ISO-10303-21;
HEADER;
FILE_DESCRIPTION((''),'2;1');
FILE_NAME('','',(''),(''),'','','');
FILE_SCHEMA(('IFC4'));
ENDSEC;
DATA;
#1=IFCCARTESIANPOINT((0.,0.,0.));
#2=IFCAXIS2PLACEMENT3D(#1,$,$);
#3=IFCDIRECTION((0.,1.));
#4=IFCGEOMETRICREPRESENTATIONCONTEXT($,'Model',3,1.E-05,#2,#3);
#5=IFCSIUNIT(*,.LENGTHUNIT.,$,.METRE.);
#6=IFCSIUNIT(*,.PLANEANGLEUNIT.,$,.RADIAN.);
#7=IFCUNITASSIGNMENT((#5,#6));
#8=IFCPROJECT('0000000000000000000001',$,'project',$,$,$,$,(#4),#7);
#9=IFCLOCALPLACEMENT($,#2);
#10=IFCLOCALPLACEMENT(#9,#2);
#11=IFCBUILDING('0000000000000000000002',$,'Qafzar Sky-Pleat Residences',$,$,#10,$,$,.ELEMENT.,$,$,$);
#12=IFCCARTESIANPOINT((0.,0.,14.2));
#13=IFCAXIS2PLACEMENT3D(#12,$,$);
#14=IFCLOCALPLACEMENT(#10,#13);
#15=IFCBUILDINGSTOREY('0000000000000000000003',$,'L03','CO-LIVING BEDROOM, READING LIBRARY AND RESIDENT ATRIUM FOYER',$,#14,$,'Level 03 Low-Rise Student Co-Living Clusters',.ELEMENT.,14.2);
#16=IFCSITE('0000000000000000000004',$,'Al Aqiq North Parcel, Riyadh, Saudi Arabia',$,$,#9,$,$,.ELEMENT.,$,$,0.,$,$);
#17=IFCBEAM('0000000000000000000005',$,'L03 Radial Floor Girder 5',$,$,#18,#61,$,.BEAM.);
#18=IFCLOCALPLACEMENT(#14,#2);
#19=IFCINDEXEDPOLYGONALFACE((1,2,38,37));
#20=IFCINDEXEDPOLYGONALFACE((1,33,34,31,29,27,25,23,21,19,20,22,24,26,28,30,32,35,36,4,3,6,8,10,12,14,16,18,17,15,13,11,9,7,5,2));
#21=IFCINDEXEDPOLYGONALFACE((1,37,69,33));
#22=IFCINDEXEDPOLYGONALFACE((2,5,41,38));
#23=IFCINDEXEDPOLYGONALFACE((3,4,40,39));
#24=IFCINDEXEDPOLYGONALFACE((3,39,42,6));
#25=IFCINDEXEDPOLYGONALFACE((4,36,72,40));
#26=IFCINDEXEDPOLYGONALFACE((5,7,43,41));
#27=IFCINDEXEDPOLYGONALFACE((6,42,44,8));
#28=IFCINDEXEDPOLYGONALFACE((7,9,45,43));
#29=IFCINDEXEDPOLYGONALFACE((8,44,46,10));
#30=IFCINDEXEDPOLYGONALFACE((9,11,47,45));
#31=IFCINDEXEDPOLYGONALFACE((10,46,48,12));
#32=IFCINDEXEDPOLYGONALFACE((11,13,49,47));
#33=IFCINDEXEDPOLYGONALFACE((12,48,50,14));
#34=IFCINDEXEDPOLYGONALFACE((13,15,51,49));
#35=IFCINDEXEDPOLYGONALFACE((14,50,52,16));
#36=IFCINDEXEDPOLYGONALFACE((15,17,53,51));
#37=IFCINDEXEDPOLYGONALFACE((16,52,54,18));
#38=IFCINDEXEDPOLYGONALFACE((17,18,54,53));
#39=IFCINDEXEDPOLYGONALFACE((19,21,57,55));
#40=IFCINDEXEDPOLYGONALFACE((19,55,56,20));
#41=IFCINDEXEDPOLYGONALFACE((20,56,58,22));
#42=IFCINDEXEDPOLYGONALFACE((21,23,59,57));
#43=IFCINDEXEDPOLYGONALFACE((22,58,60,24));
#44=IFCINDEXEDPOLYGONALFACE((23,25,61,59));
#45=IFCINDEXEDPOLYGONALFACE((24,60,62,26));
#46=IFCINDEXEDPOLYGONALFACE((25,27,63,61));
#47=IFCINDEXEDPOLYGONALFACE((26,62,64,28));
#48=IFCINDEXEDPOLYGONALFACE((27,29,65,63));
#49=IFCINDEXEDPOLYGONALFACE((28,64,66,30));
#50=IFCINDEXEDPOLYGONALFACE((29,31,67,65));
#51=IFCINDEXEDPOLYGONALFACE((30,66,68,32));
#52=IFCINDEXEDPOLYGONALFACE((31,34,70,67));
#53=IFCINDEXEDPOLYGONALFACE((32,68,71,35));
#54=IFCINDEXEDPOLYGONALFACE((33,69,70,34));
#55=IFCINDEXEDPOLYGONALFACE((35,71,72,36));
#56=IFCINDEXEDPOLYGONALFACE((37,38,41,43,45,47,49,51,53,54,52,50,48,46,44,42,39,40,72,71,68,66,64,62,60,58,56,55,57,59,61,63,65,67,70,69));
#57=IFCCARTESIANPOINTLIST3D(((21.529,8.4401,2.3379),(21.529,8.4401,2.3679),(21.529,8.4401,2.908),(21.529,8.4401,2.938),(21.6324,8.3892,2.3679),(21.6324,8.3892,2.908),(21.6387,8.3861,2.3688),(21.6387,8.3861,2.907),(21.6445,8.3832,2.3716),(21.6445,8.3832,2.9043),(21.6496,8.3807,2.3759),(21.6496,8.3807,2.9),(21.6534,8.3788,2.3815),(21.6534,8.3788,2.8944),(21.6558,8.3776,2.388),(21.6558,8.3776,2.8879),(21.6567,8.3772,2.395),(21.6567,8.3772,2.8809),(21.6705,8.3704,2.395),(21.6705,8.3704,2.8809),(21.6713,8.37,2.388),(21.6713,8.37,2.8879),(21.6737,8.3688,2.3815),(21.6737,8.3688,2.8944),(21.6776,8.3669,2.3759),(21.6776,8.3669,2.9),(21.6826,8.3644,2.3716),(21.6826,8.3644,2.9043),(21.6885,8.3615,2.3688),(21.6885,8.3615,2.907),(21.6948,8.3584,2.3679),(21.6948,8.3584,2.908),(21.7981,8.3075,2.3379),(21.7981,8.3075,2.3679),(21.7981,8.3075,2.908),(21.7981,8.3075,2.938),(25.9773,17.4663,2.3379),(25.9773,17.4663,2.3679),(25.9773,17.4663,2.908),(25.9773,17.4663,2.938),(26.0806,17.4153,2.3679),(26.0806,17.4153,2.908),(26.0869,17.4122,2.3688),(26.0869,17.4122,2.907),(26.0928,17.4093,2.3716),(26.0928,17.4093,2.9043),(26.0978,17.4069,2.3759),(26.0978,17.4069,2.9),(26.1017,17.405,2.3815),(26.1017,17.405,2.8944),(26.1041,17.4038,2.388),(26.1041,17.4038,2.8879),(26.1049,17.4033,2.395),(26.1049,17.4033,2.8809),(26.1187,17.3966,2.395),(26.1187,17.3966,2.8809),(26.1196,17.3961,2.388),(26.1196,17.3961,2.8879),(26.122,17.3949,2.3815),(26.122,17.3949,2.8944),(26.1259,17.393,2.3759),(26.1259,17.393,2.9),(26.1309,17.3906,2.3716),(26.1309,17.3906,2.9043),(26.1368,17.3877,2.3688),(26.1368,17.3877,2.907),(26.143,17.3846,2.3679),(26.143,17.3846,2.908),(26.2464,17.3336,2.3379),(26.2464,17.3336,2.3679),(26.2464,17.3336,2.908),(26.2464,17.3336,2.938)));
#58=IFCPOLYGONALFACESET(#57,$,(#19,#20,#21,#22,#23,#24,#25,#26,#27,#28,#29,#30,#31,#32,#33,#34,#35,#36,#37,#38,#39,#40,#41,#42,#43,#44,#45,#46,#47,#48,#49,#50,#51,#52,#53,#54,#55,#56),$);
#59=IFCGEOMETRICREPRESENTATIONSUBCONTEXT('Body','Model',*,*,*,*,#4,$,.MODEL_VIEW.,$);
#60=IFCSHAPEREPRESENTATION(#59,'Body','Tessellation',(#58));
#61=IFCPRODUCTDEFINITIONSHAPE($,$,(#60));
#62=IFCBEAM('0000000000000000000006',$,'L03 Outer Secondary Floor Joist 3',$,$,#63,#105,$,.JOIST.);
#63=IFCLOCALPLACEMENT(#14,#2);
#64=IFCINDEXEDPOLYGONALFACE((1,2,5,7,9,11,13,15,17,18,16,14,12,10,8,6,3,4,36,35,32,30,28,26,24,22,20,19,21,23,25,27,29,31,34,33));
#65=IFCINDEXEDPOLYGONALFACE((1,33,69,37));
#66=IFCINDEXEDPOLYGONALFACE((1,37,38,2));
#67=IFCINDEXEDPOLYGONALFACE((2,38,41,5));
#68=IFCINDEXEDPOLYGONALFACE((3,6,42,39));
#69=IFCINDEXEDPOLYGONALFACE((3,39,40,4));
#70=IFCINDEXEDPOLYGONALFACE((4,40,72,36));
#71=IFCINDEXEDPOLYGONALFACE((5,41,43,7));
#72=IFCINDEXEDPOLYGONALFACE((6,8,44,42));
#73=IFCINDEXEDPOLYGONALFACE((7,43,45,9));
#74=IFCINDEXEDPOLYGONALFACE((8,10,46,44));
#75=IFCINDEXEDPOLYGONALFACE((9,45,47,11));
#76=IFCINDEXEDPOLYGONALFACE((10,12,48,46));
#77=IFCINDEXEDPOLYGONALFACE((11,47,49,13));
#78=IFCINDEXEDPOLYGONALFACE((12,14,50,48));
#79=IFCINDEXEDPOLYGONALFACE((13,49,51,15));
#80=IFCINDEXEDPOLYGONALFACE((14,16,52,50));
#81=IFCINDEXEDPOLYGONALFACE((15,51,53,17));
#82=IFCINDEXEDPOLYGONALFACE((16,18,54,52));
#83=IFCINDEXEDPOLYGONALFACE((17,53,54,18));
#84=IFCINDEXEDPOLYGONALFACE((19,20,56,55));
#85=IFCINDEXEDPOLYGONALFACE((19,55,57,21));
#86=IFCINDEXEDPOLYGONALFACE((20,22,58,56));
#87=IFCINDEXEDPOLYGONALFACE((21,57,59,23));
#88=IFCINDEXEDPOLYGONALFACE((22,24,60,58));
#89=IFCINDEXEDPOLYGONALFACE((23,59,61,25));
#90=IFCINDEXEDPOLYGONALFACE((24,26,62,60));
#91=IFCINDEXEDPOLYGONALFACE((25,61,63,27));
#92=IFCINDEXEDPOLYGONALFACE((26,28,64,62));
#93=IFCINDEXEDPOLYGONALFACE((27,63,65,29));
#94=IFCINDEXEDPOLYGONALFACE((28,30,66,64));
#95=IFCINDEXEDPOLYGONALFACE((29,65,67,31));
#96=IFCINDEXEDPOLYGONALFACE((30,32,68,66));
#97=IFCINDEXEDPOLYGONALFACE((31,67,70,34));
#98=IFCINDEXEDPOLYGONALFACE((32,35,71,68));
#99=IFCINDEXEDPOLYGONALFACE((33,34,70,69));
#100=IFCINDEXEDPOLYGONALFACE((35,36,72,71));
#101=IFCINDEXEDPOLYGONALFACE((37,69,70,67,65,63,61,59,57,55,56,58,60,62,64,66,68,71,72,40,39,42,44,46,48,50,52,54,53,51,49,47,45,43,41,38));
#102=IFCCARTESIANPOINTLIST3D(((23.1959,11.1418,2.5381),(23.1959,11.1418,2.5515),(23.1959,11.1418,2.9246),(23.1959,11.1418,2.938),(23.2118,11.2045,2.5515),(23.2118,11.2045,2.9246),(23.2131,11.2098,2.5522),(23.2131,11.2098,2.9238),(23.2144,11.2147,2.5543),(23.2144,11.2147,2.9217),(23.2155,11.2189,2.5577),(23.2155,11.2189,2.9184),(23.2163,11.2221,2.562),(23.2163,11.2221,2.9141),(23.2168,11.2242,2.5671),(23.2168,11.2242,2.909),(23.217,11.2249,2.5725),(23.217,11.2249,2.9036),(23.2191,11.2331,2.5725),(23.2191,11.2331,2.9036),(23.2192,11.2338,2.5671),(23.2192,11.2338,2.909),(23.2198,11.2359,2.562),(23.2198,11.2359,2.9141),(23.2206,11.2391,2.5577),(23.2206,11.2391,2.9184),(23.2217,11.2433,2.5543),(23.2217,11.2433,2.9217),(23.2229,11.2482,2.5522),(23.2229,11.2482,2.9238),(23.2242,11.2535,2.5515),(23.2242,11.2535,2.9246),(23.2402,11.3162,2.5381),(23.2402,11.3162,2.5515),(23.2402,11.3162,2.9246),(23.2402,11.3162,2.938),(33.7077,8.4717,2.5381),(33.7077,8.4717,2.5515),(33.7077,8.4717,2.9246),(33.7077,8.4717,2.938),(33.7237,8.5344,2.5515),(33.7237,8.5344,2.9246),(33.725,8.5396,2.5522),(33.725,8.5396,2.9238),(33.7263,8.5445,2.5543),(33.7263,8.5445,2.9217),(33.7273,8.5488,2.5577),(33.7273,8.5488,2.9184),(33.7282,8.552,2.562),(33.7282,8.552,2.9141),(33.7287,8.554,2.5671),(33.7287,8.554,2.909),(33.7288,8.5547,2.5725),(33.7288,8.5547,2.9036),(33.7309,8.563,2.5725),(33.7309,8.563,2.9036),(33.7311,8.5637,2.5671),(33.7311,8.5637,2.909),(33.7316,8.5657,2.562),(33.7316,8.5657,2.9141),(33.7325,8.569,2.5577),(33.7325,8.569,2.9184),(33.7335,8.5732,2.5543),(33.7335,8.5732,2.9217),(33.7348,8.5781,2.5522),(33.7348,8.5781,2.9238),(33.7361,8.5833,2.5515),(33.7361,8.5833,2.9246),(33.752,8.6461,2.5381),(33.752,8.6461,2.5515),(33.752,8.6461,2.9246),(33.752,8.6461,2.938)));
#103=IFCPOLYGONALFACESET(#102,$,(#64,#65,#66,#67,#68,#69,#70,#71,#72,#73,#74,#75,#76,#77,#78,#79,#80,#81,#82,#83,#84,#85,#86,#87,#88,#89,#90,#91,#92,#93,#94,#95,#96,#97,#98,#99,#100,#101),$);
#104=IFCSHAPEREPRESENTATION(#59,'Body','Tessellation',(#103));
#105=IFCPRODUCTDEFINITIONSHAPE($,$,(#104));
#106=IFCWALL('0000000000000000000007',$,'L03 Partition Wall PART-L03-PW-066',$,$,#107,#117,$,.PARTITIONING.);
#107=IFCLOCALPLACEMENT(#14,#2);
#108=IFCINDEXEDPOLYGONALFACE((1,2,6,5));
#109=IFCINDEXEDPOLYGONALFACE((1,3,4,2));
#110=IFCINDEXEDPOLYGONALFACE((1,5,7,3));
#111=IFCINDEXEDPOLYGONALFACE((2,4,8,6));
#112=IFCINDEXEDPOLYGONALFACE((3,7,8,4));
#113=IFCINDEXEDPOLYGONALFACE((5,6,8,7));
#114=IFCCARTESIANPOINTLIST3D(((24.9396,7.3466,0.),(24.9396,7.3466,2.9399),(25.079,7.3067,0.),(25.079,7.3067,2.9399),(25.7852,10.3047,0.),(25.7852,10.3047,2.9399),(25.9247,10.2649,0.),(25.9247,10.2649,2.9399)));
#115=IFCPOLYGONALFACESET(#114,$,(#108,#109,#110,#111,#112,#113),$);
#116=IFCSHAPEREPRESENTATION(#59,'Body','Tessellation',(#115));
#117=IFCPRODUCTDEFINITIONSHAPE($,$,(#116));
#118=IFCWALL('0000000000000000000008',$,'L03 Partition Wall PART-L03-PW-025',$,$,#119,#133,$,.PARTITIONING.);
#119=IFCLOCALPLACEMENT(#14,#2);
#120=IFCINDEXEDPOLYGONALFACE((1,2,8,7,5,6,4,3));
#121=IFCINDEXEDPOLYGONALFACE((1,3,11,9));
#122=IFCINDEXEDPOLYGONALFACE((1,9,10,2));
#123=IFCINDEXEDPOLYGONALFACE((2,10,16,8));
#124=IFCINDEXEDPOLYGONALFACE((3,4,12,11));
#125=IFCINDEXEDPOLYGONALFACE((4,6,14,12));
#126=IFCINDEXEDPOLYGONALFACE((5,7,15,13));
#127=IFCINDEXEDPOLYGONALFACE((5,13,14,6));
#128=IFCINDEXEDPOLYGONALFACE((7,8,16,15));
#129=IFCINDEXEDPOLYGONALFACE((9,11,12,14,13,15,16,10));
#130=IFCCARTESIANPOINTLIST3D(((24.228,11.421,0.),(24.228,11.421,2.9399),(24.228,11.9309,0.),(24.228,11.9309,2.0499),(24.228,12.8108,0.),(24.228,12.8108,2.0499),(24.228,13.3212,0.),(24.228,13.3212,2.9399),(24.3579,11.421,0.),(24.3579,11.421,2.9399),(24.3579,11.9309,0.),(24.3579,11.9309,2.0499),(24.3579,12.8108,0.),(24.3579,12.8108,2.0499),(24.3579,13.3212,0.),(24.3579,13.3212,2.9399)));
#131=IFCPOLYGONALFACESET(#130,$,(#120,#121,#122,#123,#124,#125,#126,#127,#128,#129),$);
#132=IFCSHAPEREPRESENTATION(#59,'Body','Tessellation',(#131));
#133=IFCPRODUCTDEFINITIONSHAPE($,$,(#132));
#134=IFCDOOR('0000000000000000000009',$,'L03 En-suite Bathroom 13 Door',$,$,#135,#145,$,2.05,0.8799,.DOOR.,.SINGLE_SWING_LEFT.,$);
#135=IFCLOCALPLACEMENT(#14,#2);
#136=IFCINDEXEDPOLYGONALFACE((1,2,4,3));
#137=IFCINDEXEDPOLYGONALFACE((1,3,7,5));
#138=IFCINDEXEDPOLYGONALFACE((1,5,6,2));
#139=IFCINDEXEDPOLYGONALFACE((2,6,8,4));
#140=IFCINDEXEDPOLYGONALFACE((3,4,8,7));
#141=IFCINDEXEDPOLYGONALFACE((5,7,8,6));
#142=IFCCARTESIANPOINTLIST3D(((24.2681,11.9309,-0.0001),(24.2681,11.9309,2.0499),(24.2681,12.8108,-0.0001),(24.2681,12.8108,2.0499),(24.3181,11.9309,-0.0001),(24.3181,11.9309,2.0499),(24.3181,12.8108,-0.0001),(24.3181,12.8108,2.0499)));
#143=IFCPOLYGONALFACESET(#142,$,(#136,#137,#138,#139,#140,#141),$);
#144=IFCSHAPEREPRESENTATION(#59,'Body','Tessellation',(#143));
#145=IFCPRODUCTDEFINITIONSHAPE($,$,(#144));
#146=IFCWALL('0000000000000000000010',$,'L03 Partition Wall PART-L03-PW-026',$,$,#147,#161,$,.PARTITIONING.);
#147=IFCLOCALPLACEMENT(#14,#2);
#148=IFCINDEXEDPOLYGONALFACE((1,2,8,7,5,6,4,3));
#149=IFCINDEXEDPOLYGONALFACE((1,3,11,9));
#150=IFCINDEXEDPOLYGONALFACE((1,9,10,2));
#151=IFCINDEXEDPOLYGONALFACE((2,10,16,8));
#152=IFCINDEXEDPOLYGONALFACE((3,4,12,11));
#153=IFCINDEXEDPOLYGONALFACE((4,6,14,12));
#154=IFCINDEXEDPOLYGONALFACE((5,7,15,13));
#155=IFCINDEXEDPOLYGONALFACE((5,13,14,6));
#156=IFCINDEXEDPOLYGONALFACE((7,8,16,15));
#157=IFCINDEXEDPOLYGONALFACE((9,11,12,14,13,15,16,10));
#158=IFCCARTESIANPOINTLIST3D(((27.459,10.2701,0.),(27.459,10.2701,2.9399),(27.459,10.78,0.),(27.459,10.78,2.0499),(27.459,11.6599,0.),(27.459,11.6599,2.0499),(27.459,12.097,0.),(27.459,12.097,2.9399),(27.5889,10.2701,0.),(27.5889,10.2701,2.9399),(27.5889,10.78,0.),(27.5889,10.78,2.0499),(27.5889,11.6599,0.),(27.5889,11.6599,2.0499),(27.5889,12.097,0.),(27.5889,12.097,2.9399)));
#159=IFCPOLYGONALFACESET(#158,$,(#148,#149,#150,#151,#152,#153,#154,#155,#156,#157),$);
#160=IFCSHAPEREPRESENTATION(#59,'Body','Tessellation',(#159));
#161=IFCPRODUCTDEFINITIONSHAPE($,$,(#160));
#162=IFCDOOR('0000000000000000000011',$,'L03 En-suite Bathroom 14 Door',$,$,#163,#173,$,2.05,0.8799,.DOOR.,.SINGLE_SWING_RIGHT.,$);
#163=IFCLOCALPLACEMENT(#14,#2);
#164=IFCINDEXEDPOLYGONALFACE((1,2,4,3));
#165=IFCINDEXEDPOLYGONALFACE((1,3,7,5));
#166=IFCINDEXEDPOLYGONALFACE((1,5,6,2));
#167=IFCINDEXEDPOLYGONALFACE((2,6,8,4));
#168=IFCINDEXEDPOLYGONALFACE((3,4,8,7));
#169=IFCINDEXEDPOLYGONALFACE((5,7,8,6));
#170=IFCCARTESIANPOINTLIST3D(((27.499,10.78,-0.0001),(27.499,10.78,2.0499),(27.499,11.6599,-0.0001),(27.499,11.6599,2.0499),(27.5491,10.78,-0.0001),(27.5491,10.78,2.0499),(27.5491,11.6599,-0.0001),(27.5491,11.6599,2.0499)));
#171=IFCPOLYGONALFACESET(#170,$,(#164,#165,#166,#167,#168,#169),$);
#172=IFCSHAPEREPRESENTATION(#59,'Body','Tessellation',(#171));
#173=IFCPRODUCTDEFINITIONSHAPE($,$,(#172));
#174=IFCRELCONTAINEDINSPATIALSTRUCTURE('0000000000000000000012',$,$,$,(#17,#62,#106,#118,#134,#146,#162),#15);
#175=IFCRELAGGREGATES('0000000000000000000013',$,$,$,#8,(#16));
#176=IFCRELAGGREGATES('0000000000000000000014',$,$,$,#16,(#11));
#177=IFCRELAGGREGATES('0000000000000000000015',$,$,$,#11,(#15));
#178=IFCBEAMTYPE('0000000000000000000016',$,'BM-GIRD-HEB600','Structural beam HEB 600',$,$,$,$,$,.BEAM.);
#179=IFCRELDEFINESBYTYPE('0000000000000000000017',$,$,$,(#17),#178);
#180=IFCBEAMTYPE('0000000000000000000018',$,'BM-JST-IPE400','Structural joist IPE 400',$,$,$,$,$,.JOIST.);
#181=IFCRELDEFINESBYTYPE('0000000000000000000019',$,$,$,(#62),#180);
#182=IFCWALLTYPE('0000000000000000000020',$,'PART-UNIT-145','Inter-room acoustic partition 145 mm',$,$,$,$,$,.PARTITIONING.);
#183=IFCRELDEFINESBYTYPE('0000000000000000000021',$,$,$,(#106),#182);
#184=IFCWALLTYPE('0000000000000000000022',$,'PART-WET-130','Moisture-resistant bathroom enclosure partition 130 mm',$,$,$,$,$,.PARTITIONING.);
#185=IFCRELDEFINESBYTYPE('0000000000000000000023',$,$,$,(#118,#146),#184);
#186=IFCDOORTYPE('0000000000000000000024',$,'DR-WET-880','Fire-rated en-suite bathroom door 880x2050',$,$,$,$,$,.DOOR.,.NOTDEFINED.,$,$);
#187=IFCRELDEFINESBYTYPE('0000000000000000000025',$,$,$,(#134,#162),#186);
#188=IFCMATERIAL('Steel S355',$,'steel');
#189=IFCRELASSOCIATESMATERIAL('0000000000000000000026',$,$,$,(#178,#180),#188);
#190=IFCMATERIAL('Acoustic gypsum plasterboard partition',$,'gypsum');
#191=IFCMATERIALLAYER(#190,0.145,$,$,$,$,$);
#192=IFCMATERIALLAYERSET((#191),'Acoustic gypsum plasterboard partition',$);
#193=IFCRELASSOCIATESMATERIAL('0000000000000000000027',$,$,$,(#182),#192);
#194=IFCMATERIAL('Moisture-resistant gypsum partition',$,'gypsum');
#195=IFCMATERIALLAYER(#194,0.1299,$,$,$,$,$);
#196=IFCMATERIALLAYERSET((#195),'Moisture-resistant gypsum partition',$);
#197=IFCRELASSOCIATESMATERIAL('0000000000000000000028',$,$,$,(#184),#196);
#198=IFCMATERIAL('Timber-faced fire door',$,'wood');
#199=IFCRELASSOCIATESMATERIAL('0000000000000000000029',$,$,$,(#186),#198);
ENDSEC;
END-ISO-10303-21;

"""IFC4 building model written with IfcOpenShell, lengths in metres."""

from ifc_helpers import new_model, si_unit, direction, frame, frame_2d, origin, origin_2d, place, context, subcontext, project, spatial, rectangle, i_section, extrude, source, transform, mapped, material, layer, layer_set, material_profile, profile_set, type_object, element, fill, save


model = new_model("IFC4")

# Units and contexts
model_context = context("Model", 3, precision=1e-05, world=origin(), true_north=direction((0.0, 1.0)))
body_context = subcontext(model_context, "Body", "Model", "MODEL_VIEW")
ifc_project = project(units=[si_unit("LENGTHUNIT", "METRE"), si_unit("PLANEANGLEUNIT", "RADIAN")], contexts=[model_context])

# Site, building, storey
site_placement = place(None, origin())
site = spatial("IfcSite", under=ifc_project, at=site_placement, Name="Al Aqiq North Parcel, Riyadh, Saudi Arabia", CompositionType="ELEMENT", RefElevation=0.0)
building_placement = place(site_placement, origin())
building = spatial("IfcBuilding", under=site, at=building_placement, Name="Qafzar Sky-Pleat Residences", CompositionType="ELEMENT")
storey_placement = place(building_placement, frame((0.0, 0.0, 14.2)))
storey = spatial("IfcBuildingStorey", under=building, at=storey_placement, Name="L03", Description="CO-LIVING BEDROOM, READING LIBRARY AND RESIDENT ATRIUM FOYER", LongName="Level 03 Low-Rise Student Co-Living Clusters", CompositionType="ELEMENT", Elevation=14.2)

# Beams
ifc_material_1 = material(Name="Steel S355", Category="steel")
ifc_material_profile_1 = material_profile(ifc_material_1, i_section(OverallWidth=0.3, OverallDepth=0.6001, WebThickness=0.0154, FlangeThickness=0.03, FilletRadius=0.0271, at=origin_2d()), Name="HEB 600")
ifc_profile_set_1 = profile_set([ifc_material_profile_1], Name="Steel S355")
beam_type_1 = type_object("IfcBeamType", Name="BM-GIRD-HEB600", Description="Structural beam HEB 600", PredefinedType="BEAM", material=ifc_profile_set_1)
shared_shape_1 = source(origin(), body_context, "Body", "SweptSolid", [
    extrude(i_section(OverallWidth=0.3, OverallDepth=0.6001, WebThickness=0.0154, FlangeThickness=0.03, FilletRadius=0.0271, at=origin_2d()), origin(), (0.0, 0.0, 1.0), 10.0627),
])
beam_1_placement = place(storey_placement, frame((21.6636, 8.3738, 2.6379), z_axis=(0.442053, 0.896989, 0.0), x_axis=(-0.896989, 0.442053, 0.0)))
element("IfcBeam", 1, at=beam_1_placement, inside=storey, type_object=beam_type_1, Name="L03 Radial Floor Girder 5", PredefinedType="BEAM", context=body_context, shape_type="MappedRepresentation", body=[
    mapped(shared_shape_1, transform((0.0, 0.0, 0.0), x_axis=(1.0, 0.0, 0.0), y_axis=(0.0, 1.0, 0.0), z_axis=(0.0, 0.0, 1.0), scale=1.0)),
])
ifc_material_profile_2 = material_profile(ifc_material_1, i_section(OverallWidth=0.1799, OverallDepth=0.3999, WebThickness=0.0085, FlangeThickness=0.0134, FilletRadius=0.021, at=origin_2d()), Name="IPE 400")
ifc_profile_set_2 = profile_set([ifc_material_profile_2], Name="Steel S355")
beam_type_2 = type_object("IfcBeamType", Name="BM-JST-IPE400", Description="Structural joist IPE 400", PredefinedType="JOIST", material=ifc_profile_set_2)
shared_shape_2 = source(origin(), body_context, "Body", "SweptSolid", [
    extrude(i_section(OverallWidth=0.1799, OverallDepth=0.3999, WebThickness=0.0085, FlangeThickness=0.0134, FilletRadius=0.021, at=origin_2d()), origin(), (0.0, 0.0, 1.0), 10.8457),
])
beam_2_placement = place(storey_placement, frame((23.218, 11.229, 2.738), z_axis=(0.969221, -0.246194, 0.0), x_axis=(0.246194, 0.969221, 0.0)))
element("IfcBeam", 2, at=beam_2_placement, inside=storey, type_object=beam_type_2, Name="L03 Outer Secondary Floor Joist 3", PredefinedType="JOIST", context=body_context, shape_type="MappedRepresentation", body=[
    mapped(shared_shape_2, transform((0.0, 0.0, 0.0), x_axis=(1.0, 0.0, 0.0), y_axis=(0.0, 1.0, 0.0), z_axis=(0.0, 0.0, 1.0), scale=1.0)),
])

# Wall
ifc_material_2 = material(Name="Acoustic gypsum plasterboard partition", Category="gypsum")
ifc_layer_1 = layer(ifc_material_2, 0.145)
ifc_layer_set_1 = layer_set([ifc_layer_1], Name="Acoustic gypsum plasterboard partition")
wall_type_1 = type_object("IfcWallType", Name="PART-UNIT-145", Description="Inter-room acoustic partition 145 mm", PredefinedType="PARTITIONING", material=ifc_layer_set_1)
wall_1_placement = place(storey_placement, frame((25.0093, 7.3267, 0.0), z_axis=(0.0, 0.0, 1.0), x_axis=(0.274868, 0.961482, 0.0)))
element("IfcWall", 3, at=wall_1_placement, inside=storey, type_object=wall_type_1, Name="L03 Partition Wall PART-L03-PW-066", PredefinedType="PARTITIONING", context=body_context, shape_type="SweptSolid", body=[
    extrude(rectangle(XDim=3.0767, YDim=0.145, at=frame_2d((1.5383, 0.0))), origin(), (0.0, 0.0, 1.0), 2.9399),
])

# Walls, openings, doors
ifc_material_3 = material(Name="Moisture-resistant gypsum partition", Category="gypsum")
ifc_layer_2 = layer(ifc_material_3, 0.1299)
ifc_layer_set_2 = layer_set([ifc_layer_2], Name="Moisture-resistant gypsum partition")
wall_type_2 = type_object("IfcWallType", Name="PART-WET-130", Description="Moisture-resistant bathroom enclosure partition 130 mm", PredefinedType="PARTITIONING", material=ifc_layer_set_2)
wall_2_placement = place(storey_placement, frame((24.293, 11.4209, 0.0), z_axis=(0.0, 0.0, 1.0), x_axis=(0.0, 1.0, 0.0)))
wall_2 = element("IfcWall", 4, at=wall_2_placement, inside=storey, type_object=wall_type_2, Name="L03 Partition Wall PART-L03-PW-025", PredefinedType="PARTITIONING", context=body_context, shape_type="SweptSolid", body=[
    extrude(rectangle(XDim=1.9001, YDim=0.1299, at=frame_2d((0.9502, 0.0))), origin(), (0.0, 0.0, 1.0), 2.9399),
])
opening_1_placement = place(wall_2_placement, frame((0.51, 0.0, 0.0)))
opening_1 = element("IfcOpeningElement", 5, at=opening_1_placement, cuts=wall_2, PredefinedType="OPENING", context=body_context, shape_type="SweptSolid", body=[
    extrude(rectangle(XDim=0.8799, YDim=2.05, at=frame_2d((0.4399, 1.0249))), frame((0.0, 0.075, 0.0), z_axis=(0.0, -1.0, 0.0), x_axis=(1.0, 0.0, 0.0)), (0.0, 0.0, 1.0), 0.1499),
])
ifc_material_4 = material(Name="Timber-faced fire door", Category="wood")
door_type = type_object("IfcDoorType", Name="DR-WET-880", Description="Fire-rated en-suite bathroom door 880x2050", OperationType="NOTDEFINED", PredefinedType="DOOR", material=ifc_material_4)
shared_shape_3 = source(origin(), body_context, "Body", "SweptSolid", [
    extrude(rectangle(XDim=0.8799, YDim=2.05, at=frame_2d((0.4399, 1.0249))), frame((0.0, 0.0249, 0.0), z_axis=(0.0, -1.0, 0.0), x_axis=(1.0, 0.0, 0.0)), (0.0, 0.0, 1.0), 0.05),
])
door_1_placement = place(opening_1_placement, origin())
door_1 = element("IfcDoor", 6, at=door_1_placement, inside=storey, type_object=door_type, Name="L03 En-suite Bathroom 13 Door", OperationType="SINGLE_SWING_LEFT", OverallHeight=2.05, OverallWidth=0.8799, PredefinedType="DOOR", context=body_context, shape_type="MappedRepresentation", body=[
    mapped(shared_shape_3, transform((0.0, 0.0, 0.0), x_axis=(1.0, 0.0, 0.0), y_axis=(0.0, 1.0, 0.0), z_axis=(0.0, 0.0, 1.0), scale=1.0)),
])
fill(opening_1, door_1)
wall_3_placement = place(storey_placement, frame((27.5239, 10.27, 0.0), z_axis=(0.0, 0.0, 1.0), x_axis=(0.0, 1.0, 0.0)))
wall_3 = element("IfcWall", 7, at=wall_3_placement, inside=storey, type_object=wall_type_2, Name="L03 Partition Wall PART-L03-PW-026", PredefinedType="PARTITIONING", context=body_context, shape_type="SweptSolid", body=[
    extrude(rectangle(XDim=1.8269, YDim=0.1299, at=frame_2d((0.9136, 0.0))), origin(), (0.0, 0.0, 1.0), 2.9399),
])
opening_2_placement = place(wall_3_placement, frame((0.51, 0.0, 0.0)))
opening_2 = element("IfcOpeningElement", 8, at=opening_2_placement, cuts=wall_3, PredefinedType="OPENING", context=body_context, shape_type="SweptSolid", body=[
    extrude(rectangle(XDim=0.8799, YDim=2.05, at=frame_2d((0.4399, 1.0249))), frame((0.0, 0.075, 0.0), z_axis=(0.0, -1.0, 0.0), x_axis=(1.0, 0.0, 0.0)), (0.0, 0.0, 1.0), 0.1499),
])
door_2_placement = place(opening_2_placement, origin())
door_2 = element("IfcDoor", 9, at=door_2_placement, inside=storey, type_object=door_type, Name="L03 En-suite Bathroom 14 Door", OperationType="SINGLE_SWING_RIGHT", OverallHeight=2.05, OverallWidth=0.8799, PredefinedType="DOOR", context=body_context, shape_type="MappedRepresentation", body=[
    mapped(shared_shape_3, transform((0.0, 0.0, 0.0), x_axis=(1.0, 0.0, 0.0), y_axis=(0.0, 1.0, 0.0), z_axis=(0.0, 0.0, 1.0), scale=1.0)),
])
fill(opening_2, door_2)

save(model, "model.ifc")
